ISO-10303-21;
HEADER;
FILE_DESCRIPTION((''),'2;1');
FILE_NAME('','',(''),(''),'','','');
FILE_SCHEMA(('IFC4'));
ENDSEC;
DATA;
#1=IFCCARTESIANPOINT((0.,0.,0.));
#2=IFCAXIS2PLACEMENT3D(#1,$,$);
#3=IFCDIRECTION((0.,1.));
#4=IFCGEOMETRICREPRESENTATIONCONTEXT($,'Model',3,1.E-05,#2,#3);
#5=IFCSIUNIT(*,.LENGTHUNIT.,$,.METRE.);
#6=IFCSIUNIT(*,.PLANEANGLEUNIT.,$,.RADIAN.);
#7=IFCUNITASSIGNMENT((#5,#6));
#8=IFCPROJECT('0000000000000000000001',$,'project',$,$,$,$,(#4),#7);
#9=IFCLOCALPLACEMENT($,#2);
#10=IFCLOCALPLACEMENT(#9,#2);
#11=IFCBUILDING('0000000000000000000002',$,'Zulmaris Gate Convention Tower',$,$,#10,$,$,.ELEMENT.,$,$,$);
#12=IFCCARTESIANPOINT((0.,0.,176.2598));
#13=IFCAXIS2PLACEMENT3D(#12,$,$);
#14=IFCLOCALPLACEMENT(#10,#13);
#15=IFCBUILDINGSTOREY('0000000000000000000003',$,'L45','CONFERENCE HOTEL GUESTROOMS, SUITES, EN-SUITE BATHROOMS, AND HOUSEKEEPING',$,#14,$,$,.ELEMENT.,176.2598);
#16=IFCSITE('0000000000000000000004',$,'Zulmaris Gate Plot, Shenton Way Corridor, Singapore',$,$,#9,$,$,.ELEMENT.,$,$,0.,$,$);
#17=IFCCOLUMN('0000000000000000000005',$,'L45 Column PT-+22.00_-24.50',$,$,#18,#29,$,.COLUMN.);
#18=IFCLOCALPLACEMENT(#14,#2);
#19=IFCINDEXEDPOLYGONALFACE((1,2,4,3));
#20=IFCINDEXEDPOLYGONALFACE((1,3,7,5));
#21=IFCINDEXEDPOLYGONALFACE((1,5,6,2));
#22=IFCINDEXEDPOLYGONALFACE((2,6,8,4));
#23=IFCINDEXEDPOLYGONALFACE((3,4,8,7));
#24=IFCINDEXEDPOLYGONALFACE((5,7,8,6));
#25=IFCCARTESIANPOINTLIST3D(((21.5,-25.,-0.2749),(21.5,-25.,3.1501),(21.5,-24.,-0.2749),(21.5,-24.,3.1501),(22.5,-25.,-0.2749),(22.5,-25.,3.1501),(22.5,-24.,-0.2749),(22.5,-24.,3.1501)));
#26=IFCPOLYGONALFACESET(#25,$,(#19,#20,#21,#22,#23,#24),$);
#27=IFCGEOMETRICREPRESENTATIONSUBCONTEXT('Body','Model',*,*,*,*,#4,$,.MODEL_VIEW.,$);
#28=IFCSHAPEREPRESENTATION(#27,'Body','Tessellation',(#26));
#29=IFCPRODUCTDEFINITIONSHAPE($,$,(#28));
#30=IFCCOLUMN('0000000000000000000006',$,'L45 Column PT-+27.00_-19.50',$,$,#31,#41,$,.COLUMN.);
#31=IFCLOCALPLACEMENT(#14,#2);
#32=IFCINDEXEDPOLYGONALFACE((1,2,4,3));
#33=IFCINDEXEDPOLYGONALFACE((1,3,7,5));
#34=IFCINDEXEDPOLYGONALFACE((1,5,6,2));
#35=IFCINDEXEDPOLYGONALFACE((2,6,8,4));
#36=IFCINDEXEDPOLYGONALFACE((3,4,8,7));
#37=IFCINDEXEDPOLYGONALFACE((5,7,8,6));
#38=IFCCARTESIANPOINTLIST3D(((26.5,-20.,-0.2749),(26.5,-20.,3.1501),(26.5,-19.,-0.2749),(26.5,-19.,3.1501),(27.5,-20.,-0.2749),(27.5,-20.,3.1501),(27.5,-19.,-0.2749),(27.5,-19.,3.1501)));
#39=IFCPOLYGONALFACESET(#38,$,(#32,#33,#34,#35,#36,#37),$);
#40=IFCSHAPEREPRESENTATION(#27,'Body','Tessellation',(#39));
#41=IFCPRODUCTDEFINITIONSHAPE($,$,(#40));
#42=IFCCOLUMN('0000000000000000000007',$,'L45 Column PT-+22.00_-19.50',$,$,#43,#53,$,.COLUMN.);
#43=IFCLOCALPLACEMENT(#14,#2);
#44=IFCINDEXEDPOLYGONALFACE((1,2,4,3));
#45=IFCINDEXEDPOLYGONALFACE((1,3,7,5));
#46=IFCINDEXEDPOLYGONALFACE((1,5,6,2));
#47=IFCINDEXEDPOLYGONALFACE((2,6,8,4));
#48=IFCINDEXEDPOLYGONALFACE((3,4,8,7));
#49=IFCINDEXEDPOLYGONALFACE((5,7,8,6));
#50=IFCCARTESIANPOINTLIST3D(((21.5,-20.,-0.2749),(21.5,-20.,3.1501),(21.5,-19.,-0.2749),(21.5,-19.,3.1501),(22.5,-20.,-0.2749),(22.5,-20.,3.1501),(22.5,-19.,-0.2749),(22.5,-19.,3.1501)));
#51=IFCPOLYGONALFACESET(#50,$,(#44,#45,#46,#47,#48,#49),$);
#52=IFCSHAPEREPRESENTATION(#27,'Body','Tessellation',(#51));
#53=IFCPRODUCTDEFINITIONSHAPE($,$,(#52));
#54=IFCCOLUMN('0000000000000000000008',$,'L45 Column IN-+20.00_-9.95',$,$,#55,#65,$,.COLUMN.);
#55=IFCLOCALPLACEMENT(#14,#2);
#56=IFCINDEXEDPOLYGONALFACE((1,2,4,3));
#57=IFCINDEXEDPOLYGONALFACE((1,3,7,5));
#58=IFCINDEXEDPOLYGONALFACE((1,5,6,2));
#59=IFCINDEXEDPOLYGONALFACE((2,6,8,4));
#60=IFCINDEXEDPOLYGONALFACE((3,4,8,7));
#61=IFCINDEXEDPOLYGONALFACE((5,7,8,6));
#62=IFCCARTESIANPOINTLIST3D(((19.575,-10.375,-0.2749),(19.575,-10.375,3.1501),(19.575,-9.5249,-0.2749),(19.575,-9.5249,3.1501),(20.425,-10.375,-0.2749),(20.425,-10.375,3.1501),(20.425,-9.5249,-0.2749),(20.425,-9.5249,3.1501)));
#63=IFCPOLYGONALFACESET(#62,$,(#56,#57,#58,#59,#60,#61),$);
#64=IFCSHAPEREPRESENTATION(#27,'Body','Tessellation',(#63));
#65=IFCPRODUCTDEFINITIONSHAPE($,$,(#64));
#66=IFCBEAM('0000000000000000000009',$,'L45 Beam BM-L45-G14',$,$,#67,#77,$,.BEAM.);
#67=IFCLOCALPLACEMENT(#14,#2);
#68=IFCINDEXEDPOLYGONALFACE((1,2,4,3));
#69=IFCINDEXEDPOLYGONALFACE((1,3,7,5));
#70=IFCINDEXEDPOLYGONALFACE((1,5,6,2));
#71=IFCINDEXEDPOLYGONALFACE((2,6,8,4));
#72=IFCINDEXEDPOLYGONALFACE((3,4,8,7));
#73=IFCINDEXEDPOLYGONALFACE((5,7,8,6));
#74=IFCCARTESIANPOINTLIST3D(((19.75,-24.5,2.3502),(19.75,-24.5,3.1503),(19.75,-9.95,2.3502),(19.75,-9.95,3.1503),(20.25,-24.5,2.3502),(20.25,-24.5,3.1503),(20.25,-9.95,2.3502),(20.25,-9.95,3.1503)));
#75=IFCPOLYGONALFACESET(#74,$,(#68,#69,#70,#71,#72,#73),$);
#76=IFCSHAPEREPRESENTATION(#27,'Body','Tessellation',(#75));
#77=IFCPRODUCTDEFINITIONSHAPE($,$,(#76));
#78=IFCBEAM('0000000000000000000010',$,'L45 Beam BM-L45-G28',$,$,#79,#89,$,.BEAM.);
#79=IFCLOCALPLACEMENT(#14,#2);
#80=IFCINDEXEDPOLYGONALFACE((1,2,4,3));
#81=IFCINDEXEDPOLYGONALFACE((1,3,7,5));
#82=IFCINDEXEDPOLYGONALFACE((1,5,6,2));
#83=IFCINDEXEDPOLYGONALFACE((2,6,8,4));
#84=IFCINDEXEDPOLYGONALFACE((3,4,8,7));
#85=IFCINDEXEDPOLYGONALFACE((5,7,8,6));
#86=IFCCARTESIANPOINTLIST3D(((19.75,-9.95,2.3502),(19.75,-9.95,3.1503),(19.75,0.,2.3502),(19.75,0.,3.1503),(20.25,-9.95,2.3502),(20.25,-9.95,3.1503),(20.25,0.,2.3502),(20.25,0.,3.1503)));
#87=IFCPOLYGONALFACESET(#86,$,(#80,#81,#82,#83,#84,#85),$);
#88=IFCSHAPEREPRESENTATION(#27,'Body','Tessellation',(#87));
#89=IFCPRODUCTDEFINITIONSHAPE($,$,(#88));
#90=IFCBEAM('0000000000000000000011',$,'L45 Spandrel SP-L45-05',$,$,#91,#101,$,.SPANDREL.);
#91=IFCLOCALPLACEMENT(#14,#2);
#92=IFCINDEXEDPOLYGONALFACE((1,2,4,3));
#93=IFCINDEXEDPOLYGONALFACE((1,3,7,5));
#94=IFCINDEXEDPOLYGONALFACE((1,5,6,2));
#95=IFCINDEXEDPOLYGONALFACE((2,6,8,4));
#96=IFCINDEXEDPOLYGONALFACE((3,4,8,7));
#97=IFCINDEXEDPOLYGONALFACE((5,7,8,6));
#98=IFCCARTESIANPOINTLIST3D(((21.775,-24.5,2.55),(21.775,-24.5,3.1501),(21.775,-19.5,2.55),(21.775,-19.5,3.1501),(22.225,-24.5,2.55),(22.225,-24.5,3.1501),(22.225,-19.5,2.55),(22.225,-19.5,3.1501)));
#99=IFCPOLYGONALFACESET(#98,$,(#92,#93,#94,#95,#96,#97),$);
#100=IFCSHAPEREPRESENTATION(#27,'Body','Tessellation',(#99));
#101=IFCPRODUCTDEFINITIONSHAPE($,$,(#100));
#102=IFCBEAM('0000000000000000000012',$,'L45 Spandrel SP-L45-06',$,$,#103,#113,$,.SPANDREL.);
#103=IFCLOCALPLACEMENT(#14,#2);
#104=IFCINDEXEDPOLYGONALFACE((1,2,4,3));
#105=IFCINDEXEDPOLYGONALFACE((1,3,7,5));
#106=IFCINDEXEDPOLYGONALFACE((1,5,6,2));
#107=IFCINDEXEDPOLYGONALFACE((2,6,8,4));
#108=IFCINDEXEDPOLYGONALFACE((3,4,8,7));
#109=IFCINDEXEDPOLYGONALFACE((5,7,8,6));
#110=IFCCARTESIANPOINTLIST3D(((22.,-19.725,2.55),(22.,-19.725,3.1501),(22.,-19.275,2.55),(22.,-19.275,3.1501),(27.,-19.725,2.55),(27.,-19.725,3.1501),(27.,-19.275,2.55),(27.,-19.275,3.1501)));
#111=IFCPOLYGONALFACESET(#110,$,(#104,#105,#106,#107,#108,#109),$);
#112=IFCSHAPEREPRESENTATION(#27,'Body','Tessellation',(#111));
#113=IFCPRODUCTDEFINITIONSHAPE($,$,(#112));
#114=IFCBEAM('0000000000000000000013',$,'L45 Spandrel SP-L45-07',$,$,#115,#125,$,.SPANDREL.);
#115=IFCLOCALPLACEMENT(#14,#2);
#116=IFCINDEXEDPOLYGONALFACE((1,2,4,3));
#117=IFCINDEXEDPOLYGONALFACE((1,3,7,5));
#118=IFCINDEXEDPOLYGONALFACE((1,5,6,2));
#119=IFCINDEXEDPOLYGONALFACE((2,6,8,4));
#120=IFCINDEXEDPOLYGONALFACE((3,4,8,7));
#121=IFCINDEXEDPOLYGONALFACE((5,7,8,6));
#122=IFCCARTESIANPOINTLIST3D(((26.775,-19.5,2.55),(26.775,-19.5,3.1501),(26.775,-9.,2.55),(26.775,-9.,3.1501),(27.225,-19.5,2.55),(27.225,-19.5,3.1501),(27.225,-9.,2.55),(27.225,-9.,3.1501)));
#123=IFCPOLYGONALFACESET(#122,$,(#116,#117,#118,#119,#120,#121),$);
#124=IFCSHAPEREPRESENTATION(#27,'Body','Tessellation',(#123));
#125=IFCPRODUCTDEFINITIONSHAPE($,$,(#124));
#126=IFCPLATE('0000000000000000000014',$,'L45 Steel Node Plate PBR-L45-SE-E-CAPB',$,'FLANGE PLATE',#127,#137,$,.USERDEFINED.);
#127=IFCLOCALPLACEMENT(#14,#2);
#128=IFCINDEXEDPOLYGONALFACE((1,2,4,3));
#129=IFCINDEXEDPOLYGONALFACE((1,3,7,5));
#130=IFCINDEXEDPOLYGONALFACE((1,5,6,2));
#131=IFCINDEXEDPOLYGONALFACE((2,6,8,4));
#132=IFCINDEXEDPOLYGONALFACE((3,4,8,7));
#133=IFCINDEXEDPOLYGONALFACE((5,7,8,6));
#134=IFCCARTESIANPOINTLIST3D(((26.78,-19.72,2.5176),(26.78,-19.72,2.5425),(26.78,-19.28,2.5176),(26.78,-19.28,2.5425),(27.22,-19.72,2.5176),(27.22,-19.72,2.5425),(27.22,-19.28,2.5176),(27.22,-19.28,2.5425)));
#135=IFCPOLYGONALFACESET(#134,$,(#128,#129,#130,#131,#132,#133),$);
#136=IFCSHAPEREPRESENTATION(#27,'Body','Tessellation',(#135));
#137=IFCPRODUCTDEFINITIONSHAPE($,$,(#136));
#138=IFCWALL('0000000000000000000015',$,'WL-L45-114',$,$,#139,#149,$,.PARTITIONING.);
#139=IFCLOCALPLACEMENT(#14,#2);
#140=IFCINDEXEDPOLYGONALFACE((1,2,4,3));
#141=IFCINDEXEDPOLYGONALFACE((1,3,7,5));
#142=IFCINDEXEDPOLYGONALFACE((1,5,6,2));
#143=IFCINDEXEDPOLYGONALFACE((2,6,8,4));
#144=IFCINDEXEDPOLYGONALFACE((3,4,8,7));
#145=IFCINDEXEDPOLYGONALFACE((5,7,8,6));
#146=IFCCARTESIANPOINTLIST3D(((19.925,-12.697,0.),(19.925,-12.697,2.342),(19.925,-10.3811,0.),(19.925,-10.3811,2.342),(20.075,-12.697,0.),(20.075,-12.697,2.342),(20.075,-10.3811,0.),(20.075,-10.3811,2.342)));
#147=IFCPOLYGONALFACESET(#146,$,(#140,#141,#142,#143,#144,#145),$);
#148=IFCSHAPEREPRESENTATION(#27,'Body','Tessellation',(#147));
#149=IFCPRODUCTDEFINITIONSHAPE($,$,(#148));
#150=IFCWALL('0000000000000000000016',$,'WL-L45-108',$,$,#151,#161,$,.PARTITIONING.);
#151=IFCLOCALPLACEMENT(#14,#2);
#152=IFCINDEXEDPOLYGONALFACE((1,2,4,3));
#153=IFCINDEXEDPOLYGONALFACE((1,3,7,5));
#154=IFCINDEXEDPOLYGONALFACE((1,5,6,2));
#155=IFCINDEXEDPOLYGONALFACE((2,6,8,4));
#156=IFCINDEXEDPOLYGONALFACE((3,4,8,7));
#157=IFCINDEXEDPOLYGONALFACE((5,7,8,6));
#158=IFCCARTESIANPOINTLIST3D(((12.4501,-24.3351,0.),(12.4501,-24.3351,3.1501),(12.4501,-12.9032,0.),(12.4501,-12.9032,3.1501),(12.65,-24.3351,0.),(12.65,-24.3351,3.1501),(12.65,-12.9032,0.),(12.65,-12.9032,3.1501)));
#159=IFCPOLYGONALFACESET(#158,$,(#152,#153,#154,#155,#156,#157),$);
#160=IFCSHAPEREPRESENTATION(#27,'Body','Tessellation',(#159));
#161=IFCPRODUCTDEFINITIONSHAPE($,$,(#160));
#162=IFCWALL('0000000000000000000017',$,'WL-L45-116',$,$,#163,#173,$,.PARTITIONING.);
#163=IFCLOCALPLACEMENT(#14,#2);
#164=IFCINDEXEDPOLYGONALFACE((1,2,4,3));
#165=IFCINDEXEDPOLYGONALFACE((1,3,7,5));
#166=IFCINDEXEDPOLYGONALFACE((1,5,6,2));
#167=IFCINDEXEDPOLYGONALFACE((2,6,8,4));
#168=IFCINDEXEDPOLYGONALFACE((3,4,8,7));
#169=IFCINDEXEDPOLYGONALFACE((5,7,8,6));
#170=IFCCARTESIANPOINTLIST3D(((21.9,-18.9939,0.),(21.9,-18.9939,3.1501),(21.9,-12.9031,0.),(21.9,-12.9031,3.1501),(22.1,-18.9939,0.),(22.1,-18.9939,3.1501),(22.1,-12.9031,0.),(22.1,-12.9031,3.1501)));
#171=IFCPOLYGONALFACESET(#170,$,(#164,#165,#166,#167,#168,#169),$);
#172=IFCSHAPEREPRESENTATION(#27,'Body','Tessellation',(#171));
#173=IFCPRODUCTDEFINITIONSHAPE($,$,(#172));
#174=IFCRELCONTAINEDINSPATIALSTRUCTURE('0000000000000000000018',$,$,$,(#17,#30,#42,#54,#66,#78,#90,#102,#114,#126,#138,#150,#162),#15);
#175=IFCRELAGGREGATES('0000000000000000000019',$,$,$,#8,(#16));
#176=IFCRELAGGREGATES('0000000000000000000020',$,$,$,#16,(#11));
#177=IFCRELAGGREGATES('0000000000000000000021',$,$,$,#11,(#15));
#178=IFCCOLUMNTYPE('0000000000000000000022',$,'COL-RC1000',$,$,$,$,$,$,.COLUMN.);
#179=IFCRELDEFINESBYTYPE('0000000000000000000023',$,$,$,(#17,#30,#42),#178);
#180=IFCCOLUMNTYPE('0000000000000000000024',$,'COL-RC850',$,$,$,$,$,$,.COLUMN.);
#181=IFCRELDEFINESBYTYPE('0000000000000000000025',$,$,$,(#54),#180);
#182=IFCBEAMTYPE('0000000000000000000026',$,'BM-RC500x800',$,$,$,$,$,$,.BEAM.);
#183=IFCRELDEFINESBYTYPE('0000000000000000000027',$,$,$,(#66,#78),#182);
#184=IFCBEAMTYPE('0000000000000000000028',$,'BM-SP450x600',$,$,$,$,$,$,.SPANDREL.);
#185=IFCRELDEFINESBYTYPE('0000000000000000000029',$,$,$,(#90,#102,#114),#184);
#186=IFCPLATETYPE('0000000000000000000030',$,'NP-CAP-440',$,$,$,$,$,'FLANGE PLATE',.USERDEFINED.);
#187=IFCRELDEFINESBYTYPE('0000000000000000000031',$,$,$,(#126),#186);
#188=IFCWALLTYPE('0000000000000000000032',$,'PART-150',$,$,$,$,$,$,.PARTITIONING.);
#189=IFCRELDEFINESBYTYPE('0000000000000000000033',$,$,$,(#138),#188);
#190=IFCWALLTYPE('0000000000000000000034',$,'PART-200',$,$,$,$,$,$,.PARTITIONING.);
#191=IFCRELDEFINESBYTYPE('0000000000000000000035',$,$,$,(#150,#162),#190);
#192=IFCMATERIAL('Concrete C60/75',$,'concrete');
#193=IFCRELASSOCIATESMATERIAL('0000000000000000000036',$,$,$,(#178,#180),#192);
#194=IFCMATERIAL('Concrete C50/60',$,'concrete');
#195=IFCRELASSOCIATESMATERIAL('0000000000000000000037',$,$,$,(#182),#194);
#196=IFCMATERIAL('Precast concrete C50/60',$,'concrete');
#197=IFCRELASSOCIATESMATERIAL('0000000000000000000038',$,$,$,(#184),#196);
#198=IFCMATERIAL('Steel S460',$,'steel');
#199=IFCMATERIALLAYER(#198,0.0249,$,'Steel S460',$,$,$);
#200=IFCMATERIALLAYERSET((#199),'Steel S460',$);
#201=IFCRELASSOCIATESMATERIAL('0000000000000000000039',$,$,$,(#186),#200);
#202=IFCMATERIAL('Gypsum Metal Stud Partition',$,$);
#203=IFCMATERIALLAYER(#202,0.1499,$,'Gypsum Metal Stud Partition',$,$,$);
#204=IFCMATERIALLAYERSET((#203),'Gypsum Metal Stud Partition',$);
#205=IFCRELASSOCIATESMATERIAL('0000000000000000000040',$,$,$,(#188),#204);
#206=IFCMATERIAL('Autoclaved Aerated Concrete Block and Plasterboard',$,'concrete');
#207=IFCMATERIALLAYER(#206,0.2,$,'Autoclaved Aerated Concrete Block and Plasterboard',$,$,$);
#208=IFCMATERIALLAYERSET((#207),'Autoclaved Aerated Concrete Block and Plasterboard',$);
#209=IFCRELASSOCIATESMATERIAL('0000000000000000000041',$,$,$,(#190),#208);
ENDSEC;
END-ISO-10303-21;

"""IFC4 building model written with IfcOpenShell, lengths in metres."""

from ifc_helpers import new_model, si_unit, direction, frame, frame_2d, origin, origin_2d, place, context, subcontext, project, spatial, rectangle, extrude, material, layer, layer_set, material_profile, profile_set, type_object, element, save


model = new_model("IFC4")

# Units and contexts
model_context = context("Model", 3, precision=1e-05, world=origin(), true_north=direction((0.0, 1.0)))
body_context = subcontext(model_context, "Body", "Model", "MODEL_VIEW")
ifc_project = project(units=[si_unit("LENGTHUNIT", "METRE"), si_unit("PLANEANGLEUNIT", "RADIAN")], contexts=[model_context])

# Site, building, storey
site_placement = place(None, origin())
site = spatial("IfcSite", under=ifc_project, at=site_placement, Name="Zulmaris Gate Plot, Shenton Way Corridor, Singapore", CompositionType="ELEMENT", RefElevation=0.0)
building_placement = place(site_placement, origin())
building = spatial("IfcBuilding", under=site, at=building_placement, Name="Zulmaris Gate Convention Tower", CompositionType="ELEMENT")
storey_placement = place(building_placement, frame((0.0, 0.0, 176.2598)))
storey = spatial("IfcBuildingStorey", under=building, at=storey_placement, Name="L45", Description="CONFERENCE HOTEL GUESTROOMS, SUITES, EN-SUITE BATHROOMS, AND HOUSEKEEPING", CompositionType="ELEMENT", Elevation=176.2598)

# Columns
ifc_material_1 = material(Name="Concrete C60/75", Category="concrete")
ifc_material_profile_1 = material_profile(ifc_material_1, rectangle(XDim=1.0, YDim=1.0, at=origin_2d()), Name="RC COL 1000x1000")
ifc_profile_set_1 = profile_set([ifc_material_profile_1], Name="Concrete C60/75")
column_type_1 = type_object("IfcColumnType", Name="COL-RC1000", PredefinedType="COLUMN", material=ifc_profile_set_1)
for number, where, z_axis, x_axis, name in (
    (1, (22.0, -24.5, -0.2749), (0.0, 0.0, 1.0), (1.0, 0.0, 0.0), "L45 Column PT-+22.00_-24.50"),
    (2, (27.0, -19.5, -0.2749), (0.0, 0.0, 1.0), (1.0, 0.0, 0.0), "L45 Column PT-+27.00_-19.50"),
    (3, (22.0, -19.5, -0.2749), (0.0, 0.0, 1.0), (1.0, 0.0, 0.0), "L45 Column PT-+22.00_-19.50"),
):
    element("IfcColumn", number, at=place(storey_placement, frame(where, z_axis=z_axis, x_axis=x_axis)), inside=storey, type_object=column_type_1, Name=name, PredefinedType="COLUMN", context=body_context, shape_type="SweptSolid", body=[
        extrude(rectangle(XDim=1.0, YDim=1.0, at=origin_2d()), origin(), (0.0, 0.0, 1.0), 3.425),
    ])
ifc_material_profile_2 = material_profile(ifc_material_1, rectangle(XDim=0.8501, YDim=0.8501, at=origin_2d()), Name="RC COL 850x850")
ifc_profile_set_2 = profile_set([ifc_material_profile_2], Name="Concrete C60/75")
column_type_2 = type_object("IfcColumnType", Name="COL-RC850", PredefinedType="COLUMN", material=ifc_profile_set_2)
column_placement = place(storey_placement, frame((20.0, -9.95, -0.2749), z_axis=(0.0, 0.0, 1.0), x_axis=(1.0, 0.0, 0.0)))
element("IfcColumn", 4, at=column_placement, inside=storey, type_object=column_type_2, Name="L45 Column IN-+20.00_-9.95", PredefinedType="COLUMN", context=body_context, shape_type="SweptSolid", body=[
    extrude(rectangle(XDim=0.8501, YDim=0.8501, at=origin_2d()), origin(), (0.0, 0.0, 1.0), 3.425),
])

# Beams
ifc_material_2 = material(Name="Concrete C50/60", Category="concrete")
ifc_material_profile_3 = material_profile(ifc_material_2, rectangle(XDim=0.5, YDim=0.8, at=origin_2d()), Name="RC BEAM 500x800")
ifc_profile_set_3 = profile_set([ifc_material_profile_3], Name="Concrete C50/60")
beam_type_1 = type_object("IfcBeamType", Name="BM-RC500x800", PredefinedType="BEAM", material=ifc_profile_set_3)
beam_1_placement = place(storey_placement, frame((20.0, -24.5, 2.7502), z_axis=(0.0, 1.0, 0.0), x_axis=(-1.0, 0.0, 0.0)))
element("IfcBeam", 5, at=beam_1_placement, inside=storey, type_object=beam_type_1, Name="L45 Beam BM-L45-G14", PredefinedType="BEAM", context=body_context, shape_type="SweptSolid", body=[
    extrude(rectangle(XDim=0.5, YDim=0.8, at=origin_2d()), origin(), (0.0, 0.0, 1.0), 14.55),
])
beam_2_placement = place(storey_placement, frame((20.0, -9.95, 2.7502), z_axis=(0.0, 1.0, 0.0), x_axis=(-1.0, 0.0, 0.0)))
element("IfcBeam", 6, at=beam_2_placement, inside=storey, type_object=beam_type_1, Name="L45 Beam BM-L45-G28", PredefinedType="BEAM", context=body_context, shape_type="SweptSolid", body=[
    extrude(rectangle(XDim=0.5, YDim=0.8, at=origin_2d()), origin(), (0.0, 0.0, 1.0), 9.95),
])
ifc_material_3 = material(Name="Precast concrete C50/60", Category="concrete")
ifc_material_profile_4 = material_profile(ifc_material_3, rectangle(XDim=0.45, YDim=0.6001, at=origin_2d()), Name="RC SPANDREL 450x600")
ifc_profile_set_4 = profile_set([ifc_material_profile_4], Name="Precast concrete C50/60")
beam_type_2 = type_object("IfcBeamType", Name="BM-SP450x600", PredefinedType="SPANDREL", material=ifc_profile_set_4)
for number, where, z_axis, x_axis, name in (
    (7, (22.0, -24.5, 2.8501), (0.0, 1.0, 0.0), (-1.0, 0.0, 0.0), "L45 Spandrel SP-L45-05"),
    (8, (22.0, -19.5, 2.8501), (1.0, 0.0, 0.0), (0.0, 1.0, 0.0), "L45 Spandrel SP-L45-06"),
):
    element("IfcBeam", number, at=place(storey_placement, frame(where, z_axis=z_axis, x_axis=x_axis)), inside=storey, type_object=beam_type_2, Name=name, PredefinedType="SPANDREL", context=body_context, shape_type="SweptSolid", body=[
        extrude(rectangle(XDim=0.45, YDim=0.6001, at=origin_2d()), origin(), (0.0, 0.0, 1.0), 5.0),
    ])
beam_3_placement = place(storey_placement, frame((27.0, -19.5, 2.8501), z_axis=(0.0, 1.0, 0.0), x_axis=(-1.0, 0.0, 0.0)))
element("IfcBeam", 9, at=beam_3_placement, inside=storey, type_object=beam_type_2, Name="L45 Spandrel SP-L45-07", PredefinedType="SPANDREL", context=body_context, shape_type="SweptSolid", body=[
    extrude(rectangle(XDim=0.45, YDim=0.6001, at=origin_2d()), origin(), (0.0, 0.0, 1.0), 10.5),
])

# Plate
ifc_material_4 = material(Name="Steel S460", Category="steel")
ifc_layer_1 = layer(ifc_material_4, 0.0249, Name="Steel S460")
ifc_layer_set_1 = layer_set([ifc_layer_1], Name="Steel S460")
plate_type = type_object("IfcPlateType", Name="NP-CAP-440", ElementType="FLANGE PLATE", PredefinedType="USERDEFINED", material=ifc_layer_set_1)
plate_placement = place(storey_placement, frame((27.0, -19.5, 2.5176), z_axis=(0.0, 0.0, 1.0), x_axis=(1.0, 0.0, 0.0)))
element("IfcPlate", 10, at=plate_placement, inside=storey, type_object=plate_type, Name="L45 Steel Node Plate PBR-L45-SE-E-CAPB", ObjectType="FLANGE PLATE", PredefinedType="USERDEFINED", context=body_context, shape_type="SweptSolid", body=[
    extrude(rectangle(XDim=0.4399, YDim=0.4399, at=origin_2d()), origin(), (0.0, 0.0, 1.0), 0.0249),
])

# Walls
ifc_material_5 = material(Name="Gypsum Metal Stud Partition")
ifc_layer_2 = layer(ifc_material_5, 0.1499, Name="Gypsum Metal Stud Partition")
ifc_layer_set_2 = layer_set([ifc_layer_2], Name="Gypsum Metal Stud Partition")
wall_type_1 = type_object("IfcWallType", Name="PART-150", PredefinedType="PARTITIONING", material=ifc_layer_set_2)
wall_1_placement = place(storey_placement, frame((20.0, -12.697, 0.0), z_axis=(0.0, 0.0, 1.0), x_axis=(0.0, 1.0, 0.0)))
element("IfcWall", 11, at=wall_1_placement, inside=storey, type_object=wall_type_1, Name="WL-L45-114", PredefinedType="PARTITIONING", context=body_context, shape_type="SweptSolid", body=[
    extrude(rectangle(XDim=2.3159, YDim=0.1499, at=frame_2d((1.158, 0.0))), origin(), (0.0, 0.0, 1.0), 2.342),
])
ifc_material_6 = material(Name="Autoclaved Aerated Concrete Block and Plasterboard", Category="concrete")
ifc_layer_3 = layer(ifc_material_6, 0.2, Name="Autoclaved Aerated Concrete Block and Plasterboard")
ifc_layer_set_3 = layer_set([ifc_layer_3], Name="Autoclaved Aerated Concrete Block and Plasterboard")
wall_type_2 = type_object("IfcWallType", Name="PART-200", PredefinedType="PARTITIONING", material=ifc_layer_set_3)
wall_2_placement = place(storey_placement, frame((12.55, -24.335, 0.0), z_axis=(0.0, 0.0, 1.0), x_axis=(0.0, 1.0, 0.0)))
element("IfcWall", 12, at=wall_2_placement, inside=storey, type_object=wall_type_2, Name="WL-L45-108", PredefinedType="PARTITIONING", context=body_context, shape_type="SweptSolid", body=[
    extrude(rectangle(XDim=11.4319, YDim=0.2, at=frame_2d((5.7158, 0.0))), origin(), (0.0, 0.0, 1.0), 3.1501),
])
wall_3_placement = place(storey_placement, frame((22.0, -18.9939, 0.0), z_axis=(0.0, 0.0, 1.0), x_axis=(0.0, 1.0, 0.0)))
element("IfcWall", 13, at=wall_3_placement, inside=storey, type_object=wall_type_2, Name="WL-L45-116", PredefinedType="PARTITIONING", context=body_context, shape_type="SweptSolid", body=[
    extrude(rectangle(XDim=6.0908, YDim=0.2, at=frame_2d((3.0454, 0.0))), origin(), (0.0, 0.0, 1.0), 3.1501),
])

save(model, "model.ifc")
